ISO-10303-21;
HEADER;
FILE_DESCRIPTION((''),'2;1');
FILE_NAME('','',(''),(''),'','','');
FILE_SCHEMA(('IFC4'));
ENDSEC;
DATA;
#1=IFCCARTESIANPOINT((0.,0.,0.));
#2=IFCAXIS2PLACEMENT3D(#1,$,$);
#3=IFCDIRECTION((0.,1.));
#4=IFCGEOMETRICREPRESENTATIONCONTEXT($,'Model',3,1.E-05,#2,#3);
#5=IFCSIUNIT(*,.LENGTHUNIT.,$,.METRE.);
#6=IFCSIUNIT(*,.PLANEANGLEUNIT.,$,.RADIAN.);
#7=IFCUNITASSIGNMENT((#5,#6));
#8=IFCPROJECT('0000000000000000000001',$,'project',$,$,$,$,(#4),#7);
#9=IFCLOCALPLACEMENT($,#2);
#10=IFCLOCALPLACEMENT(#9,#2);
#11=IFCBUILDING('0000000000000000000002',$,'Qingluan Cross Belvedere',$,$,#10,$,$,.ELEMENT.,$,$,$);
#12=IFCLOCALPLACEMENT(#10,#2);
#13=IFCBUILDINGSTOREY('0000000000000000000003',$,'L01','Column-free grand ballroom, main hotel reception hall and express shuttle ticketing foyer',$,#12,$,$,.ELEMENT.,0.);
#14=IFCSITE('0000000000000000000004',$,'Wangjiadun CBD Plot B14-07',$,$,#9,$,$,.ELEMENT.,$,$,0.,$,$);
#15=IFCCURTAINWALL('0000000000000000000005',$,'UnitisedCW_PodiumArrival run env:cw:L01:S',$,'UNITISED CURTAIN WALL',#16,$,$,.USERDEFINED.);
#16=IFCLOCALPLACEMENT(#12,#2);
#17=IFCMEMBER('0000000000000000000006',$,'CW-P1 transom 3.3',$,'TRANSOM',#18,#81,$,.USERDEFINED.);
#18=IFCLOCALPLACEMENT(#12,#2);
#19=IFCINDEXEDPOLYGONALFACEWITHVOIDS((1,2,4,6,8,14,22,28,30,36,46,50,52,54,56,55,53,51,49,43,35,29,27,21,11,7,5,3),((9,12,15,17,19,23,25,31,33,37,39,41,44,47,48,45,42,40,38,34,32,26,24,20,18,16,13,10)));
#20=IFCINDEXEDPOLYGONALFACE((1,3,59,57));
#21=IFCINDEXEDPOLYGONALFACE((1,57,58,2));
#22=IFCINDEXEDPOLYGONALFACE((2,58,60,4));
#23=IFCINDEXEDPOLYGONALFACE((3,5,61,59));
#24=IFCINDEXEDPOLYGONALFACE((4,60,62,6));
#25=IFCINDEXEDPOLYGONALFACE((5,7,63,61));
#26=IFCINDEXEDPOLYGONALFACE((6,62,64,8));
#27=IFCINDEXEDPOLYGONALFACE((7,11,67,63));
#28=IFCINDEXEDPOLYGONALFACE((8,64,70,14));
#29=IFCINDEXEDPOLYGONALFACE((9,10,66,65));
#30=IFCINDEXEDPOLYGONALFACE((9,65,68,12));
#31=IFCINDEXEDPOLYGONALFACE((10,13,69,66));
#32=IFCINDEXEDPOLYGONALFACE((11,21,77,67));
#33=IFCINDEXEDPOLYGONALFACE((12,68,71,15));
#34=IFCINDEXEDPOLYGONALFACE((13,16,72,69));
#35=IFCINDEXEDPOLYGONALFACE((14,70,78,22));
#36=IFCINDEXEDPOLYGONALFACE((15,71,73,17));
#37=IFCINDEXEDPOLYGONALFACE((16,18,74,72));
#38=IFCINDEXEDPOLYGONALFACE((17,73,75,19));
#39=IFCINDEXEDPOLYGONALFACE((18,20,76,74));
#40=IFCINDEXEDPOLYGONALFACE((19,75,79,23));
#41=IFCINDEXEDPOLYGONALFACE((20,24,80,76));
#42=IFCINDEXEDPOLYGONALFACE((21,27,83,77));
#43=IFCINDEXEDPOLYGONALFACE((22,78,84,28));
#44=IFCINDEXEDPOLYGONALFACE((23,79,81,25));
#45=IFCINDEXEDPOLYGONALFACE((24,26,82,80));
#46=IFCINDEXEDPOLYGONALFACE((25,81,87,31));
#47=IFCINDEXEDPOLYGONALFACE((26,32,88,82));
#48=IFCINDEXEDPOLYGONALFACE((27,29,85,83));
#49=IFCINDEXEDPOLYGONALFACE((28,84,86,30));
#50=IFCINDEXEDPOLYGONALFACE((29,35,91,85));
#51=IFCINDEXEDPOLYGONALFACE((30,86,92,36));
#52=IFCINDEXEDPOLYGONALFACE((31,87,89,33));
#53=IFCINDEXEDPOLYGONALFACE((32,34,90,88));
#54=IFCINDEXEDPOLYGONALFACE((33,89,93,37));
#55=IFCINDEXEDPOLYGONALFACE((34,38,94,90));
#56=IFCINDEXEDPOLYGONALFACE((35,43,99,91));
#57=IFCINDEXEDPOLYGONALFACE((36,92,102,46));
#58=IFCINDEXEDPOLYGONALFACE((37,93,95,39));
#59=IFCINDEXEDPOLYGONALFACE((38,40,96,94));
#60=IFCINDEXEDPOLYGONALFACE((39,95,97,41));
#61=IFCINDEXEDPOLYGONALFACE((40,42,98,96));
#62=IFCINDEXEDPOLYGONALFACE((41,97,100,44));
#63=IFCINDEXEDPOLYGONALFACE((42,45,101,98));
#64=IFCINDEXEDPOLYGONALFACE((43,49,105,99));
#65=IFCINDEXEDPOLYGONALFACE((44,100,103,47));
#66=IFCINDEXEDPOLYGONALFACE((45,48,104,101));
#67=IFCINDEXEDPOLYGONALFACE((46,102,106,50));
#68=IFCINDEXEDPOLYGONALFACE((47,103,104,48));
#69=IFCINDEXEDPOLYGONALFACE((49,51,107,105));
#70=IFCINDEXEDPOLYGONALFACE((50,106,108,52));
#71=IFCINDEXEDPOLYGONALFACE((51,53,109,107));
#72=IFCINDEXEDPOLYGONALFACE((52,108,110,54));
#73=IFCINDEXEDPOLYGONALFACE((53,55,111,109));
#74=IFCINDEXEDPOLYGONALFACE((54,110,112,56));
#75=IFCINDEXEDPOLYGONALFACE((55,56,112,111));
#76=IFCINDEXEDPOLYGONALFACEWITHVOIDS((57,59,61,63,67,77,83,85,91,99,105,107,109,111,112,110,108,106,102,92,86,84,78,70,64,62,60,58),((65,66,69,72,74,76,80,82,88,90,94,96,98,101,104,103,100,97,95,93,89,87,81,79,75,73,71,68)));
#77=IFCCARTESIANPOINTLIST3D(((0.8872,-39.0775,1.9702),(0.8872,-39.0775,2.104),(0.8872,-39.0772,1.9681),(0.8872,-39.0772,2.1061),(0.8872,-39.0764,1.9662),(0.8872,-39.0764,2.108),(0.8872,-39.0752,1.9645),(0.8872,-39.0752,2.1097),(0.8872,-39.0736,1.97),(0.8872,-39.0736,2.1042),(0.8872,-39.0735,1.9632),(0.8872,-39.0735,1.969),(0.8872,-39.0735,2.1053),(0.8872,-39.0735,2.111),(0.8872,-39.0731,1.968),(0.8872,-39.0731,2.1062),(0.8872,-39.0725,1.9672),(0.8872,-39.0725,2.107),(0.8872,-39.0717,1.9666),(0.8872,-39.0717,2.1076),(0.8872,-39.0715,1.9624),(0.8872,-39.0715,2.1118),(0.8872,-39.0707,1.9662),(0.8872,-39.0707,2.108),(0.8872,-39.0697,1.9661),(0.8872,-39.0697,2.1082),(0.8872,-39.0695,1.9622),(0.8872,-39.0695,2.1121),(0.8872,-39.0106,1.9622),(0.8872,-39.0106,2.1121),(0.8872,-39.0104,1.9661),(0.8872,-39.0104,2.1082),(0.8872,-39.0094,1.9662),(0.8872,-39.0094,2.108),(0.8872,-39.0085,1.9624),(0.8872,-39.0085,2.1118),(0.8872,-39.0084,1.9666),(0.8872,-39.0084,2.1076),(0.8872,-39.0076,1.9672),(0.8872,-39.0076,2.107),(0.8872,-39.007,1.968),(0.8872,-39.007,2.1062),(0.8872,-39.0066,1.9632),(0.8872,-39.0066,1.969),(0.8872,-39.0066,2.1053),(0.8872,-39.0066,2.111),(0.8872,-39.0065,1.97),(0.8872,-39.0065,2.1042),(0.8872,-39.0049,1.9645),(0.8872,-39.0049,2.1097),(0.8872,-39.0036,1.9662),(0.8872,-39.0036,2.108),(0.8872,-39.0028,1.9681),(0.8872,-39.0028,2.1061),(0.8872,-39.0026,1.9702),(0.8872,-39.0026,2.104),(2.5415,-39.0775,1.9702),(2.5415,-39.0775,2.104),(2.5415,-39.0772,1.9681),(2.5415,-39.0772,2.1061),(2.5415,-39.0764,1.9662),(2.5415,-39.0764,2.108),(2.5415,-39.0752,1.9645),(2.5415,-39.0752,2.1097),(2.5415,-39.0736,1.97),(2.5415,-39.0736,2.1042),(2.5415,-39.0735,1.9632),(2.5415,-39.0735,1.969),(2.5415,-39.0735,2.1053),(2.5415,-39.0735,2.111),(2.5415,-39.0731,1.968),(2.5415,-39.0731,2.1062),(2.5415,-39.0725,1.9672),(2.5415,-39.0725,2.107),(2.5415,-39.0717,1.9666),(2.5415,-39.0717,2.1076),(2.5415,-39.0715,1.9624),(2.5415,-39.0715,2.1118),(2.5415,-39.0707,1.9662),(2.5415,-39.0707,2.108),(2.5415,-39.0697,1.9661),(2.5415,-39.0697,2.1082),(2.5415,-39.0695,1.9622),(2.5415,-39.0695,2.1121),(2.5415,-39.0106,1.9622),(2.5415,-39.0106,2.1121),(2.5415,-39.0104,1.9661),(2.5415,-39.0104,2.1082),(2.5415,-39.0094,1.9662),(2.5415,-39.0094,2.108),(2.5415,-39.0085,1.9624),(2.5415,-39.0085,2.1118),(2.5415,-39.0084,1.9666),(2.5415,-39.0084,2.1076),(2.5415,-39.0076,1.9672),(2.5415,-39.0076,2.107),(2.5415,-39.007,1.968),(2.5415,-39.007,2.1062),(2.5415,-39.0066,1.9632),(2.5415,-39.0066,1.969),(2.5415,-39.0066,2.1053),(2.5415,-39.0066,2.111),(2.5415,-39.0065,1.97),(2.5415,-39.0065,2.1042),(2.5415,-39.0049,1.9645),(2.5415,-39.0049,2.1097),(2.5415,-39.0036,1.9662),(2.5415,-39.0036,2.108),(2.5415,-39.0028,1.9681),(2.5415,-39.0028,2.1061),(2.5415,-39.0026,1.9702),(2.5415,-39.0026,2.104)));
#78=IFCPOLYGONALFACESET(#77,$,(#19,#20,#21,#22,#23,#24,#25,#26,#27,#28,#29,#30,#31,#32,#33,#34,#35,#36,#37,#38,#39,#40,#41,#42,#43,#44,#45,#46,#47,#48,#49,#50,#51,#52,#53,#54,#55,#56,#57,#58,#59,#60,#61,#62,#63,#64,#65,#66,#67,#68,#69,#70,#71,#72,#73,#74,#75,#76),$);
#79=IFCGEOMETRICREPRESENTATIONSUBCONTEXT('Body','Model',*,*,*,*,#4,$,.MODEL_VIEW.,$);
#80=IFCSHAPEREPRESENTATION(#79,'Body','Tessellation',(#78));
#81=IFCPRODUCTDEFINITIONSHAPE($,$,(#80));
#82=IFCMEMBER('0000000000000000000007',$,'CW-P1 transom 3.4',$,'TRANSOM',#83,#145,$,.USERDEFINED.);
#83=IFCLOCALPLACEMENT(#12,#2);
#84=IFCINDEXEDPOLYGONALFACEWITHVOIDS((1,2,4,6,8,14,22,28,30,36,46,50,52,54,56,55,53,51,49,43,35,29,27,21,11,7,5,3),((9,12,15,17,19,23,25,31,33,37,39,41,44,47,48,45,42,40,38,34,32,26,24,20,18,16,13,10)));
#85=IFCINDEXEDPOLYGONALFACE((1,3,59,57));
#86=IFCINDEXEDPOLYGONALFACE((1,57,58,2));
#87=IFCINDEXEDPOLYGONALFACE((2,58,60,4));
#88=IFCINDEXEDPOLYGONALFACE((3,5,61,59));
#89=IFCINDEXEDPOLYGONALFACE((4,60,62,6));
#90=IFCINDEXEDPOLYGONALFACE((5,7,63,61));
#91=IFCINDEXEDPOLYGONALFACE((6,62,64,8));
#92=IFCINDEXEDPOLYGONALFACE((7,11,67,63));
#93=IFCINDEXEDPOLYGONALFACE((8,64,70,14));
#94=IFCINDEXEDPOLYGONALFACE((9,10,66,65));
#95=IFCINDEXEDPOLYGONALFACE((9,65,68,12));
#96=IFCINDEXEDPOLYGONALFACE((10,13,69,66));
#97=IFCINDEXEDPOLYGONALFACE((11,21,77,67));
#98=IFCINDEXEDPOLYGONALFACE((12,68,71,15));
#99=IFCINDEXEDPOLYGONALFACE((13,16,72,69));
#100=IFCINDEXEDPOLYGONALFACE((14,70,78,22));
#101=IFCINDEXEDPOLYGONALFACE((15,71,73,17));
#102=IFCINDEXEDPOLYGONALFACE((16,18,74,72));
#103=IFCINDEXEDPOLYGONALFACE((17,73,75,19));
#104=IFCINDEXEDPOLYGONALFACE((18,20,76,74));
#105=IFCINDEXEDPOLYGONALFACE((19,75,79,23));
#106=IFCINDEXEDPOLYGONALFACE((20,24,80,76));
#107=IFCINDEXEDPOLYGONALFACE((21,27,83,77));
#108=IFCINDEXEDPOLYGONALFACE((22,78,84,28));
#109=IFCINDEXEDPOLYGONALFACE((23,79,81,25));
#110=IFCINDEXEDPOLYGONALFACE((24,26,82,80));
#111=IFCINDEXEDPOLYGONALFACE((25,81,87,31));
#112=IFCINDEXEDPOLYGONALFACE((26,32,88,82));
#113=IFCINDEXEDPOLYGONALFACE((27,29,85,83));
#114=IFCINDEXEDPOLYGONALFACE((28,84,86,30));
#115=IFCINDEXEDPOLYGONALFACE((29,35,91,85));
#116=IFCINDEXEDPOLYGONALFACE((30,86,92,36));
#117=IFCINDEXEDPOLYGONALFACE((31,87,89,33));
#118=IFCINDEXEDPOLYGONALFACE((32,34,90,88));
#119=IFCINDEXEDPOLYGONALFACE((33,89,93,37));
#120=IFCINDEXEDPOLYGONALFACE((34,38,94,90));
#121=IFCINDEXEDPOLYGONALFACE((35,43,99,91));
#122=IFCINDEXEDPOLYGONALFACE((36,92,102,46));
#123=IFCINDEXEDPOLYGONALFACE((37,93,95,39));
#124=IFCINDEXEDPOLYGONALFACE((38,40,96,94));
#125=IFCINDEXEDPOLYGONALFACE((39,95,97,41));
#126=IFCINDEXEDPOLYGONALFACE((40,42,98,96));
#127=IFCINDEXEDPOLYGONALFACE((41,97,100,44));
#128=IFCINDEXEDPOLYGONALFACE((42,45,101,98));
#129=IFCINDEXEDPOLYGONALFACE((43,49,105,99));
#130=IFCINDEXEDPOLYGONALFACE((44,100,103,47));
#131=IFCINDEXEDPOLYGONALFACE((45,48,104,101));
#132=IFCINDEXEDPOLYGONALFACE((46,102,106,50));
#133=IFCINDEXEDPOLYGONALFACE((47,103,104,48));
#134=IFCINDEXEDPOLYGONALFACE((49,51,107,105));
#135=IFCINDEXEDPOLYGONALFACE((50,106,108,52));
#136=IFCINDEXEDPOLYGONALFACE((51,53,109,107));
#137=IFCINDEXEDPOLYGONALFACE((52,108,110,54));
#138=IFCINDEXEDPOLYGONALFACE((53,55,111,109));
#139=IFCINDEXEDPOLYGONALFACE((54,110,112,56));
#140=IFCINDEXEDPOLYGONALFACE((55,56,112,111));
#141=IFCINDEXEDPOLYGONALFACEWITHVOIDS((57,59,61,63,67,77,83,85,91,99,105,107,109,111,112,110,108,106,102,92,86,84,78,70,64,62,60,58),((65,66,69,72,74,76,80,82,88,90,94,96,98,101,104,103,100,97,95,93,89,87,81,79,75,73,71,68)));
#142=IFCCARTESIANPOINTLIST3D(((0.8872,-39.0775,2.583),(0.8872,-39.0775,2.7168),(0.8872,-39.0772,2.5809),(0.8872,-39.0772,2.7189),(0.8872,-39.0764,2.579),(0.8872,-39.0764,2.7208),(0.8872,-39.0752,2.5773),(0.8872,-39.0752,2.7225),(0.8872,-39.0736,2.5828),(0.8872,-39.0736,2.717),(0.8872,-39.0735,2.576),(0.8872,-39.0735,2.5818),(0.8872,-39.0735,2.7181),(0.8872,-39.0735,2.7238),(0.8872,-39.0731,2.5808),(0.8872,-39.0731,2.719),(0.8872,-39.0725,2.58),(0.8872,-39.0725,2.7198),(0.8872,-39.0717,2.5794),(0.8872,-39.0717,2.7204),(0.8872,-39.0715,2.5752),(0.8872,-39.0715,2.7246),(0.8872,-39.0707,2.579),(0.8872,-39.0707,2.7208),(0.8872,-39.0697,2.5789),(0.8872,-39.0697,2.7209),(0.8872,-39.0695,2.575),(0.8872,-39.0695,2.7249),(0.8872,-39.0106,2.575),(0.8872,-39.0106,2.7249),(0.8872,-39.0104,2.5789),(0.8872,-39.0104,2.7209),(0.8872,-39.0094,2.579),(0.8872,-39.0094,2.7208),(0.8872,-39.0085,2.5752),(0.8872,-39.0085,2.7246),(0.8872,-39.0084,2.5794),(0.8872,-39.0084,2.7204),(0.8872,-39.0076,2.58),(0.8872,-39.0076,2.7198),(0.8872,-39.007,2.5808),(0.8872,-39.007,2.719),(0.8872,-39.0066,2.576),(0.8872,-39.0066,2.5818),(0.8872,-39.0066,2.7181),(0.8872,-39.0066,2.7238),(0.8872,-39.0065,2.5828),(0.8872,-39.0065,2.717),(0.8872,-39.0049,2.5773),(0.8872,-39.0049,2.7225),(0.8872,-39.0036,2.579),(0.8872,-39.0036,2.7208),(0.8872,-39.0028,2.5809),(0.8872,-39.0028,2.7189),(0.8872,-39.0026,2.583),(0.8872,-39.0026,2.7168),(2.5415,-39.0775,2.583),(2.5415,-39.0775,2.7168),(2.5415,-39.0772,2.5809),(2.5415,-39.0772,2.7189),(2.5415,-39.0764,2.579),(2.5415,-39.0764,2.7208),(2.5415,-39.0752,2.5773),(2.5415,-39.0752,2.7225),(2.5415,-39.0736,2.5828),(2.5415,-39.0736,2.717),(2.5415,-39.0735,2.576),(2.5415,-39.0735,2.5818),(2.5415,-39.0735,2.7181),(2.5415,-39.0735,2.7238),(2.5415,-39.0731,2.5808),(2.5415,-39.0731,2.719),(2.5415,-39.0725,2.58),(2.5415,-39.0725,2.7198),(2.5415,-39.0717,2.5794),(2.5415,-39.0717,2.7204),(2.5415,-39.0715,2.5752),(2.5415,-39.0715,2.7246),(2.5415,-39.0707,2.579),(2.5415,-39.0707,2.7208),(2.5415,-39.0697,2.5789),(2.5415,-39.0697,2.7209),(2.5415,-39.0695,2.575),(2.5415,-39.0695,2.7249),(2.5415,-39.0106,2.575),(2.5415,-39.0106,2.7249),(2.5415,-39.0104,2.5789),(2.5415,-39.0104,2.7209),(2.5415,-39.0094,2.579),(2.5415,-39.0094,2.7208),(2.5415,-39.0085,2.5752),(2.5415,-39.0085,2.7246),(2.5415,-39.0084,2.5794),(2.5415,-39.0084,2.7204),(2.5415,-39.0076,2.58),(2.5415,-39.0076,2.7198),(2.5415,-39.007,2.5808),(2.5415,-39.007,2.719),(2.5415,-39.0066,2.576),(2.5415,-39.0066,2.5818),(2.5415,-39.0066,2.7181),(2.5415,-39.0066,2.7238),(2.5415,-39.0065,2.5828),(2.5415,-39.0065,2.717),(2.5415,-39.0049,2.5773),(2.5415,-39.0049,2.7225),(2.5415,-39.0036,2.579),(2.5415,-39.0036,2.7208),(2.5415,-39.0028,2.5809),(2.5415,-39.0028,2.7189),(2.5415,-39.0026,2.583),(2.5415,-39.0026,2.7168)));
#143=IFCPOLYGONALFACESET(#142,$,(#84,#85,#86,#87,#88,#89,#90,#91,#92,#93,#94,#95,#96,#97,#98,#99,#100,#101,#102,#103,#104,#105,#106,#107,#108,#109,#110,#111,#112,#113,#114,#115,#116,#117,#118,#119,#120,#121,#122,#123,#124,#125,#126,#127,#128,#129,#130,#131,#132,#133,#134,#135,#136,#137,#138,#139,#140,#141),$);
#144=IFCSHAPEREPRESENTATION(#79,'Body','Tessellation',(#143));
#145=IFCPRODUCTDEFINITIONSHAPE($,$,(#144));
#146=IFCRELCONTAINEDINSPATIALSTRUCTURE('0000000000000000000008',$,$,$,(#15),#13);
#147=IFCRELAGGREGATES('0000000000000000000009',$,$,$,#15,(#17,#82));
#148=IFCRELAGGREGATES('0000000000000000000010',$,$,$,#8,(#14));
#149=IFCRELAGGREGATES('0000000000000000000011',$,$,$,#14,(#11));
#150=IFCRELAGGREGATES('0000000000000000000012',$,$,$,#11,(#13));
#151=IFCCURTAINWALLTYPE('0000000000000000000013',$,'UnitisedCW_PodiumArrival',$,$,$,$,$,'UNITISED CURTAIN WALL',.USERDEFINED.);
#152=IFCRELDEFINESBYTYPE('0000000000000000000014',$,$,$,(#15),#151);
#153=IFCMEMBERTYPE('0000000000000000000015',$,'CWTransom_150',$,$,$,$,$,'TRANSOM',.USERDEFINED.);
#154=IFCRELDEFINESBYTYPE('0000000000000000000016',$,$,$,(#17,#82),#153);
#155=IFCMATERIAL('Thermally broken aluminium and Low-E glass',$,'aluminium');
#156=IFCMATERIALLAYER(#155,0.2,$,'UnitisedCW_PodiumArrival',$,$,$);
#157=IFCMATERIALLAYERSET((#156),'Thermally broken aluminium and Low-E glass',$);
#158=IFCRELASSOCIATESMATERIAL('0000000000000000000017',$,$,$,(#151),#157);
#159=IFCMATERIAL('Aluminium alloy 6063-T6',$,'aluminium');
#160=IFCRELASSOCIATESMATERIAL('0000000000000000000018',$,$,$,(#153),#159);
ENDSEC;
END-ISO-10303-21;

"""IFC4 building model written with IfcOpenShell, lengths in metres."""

from ifc_helpers import new_model, si_unit, direction, frame, origin, origin_2d, place, context, subcontext, project, spatial, hollow_rectangle, extrude, material, layer, layer_set, material_profile, profile_set, type_object, element, aggregate, save


model = new_model("IFC4")

# Units and contexts
model_context = context("Model", 3, precision=1e-05, world=origin(), true_north=direction((0.0, 1.0)))
body_context = subcontext(model_context, "Body", "Model", "MODEL_VIEW")
ifc_project = project(units=[si_unit("LENGTHUNIT", "METRE"), si_unit("PLANEANGLEUNIT", "RADIAN")], contexts=[model_context])

# Site, building, storey
site_placement = place(None, origin())
site = spatial("IfcSite", under=ifc_project, at=site_placement, Name="Wangjiadun CBD Plot B14-07", CompositionType="ELEMENT", RefElevation=0.0)
building_placement = place(site_placement, origin())
building = spatial("IfcBuilding", under=site, at=building_placement, Name="Qingluan Cross Belvedere", CompositionType="ELEMENT")
storey_placement = place(building_placement, origin())
storey = spatial("IfcBuildingStorey", under=building, at=storey_placement, Name="L01", Description="Column-free grand ballroom, main hotel reception hall and express shuttle ticketing foyer", CompositionType="ELEMENT", Elevation=0.0)

# Curtain wall, members
ifc_material_1 = material(Name="Thermally broken aluminium and Low-E glass", Category="aluminium")
ifc_layer_1 = layer(ifc_material_1, 0.2, Name="UnitisedCW_PodiumArrival")
ifc_layer_set_1 = layer_set([ifc_layer_1], Name="Thermally broken aluminium and Low-E glass")
curtain_wall_type = type_object("IfcCurtainWallType", Name="UnitisedCW_PodiumArrival", ElementType="UNITISED CURTAIN WALL", PredefinedType="USERDEFINED", material=ifc_layer_set_1)
curtain_wall_placement = place(storey_placement, origin())
curtain_wall = element("IfcCurtainWall", 1, at=curtain_wall_placement, inside=storey, type_object=curtain_wall_type, Name="UnitisedCW_PodiumArrival run env:cw:L01:S", ObjectType="UNITISED CURTAIN WALL", PredefinedType="USERDEFINED")
ifc_material_2 = material(Name="Aluminium alloy 6063-T6", Category="aluminium")
ifc_material_profile_1 = material_profile(ifc_material_2, hollow_rectangle(XDim=0.075, YDim=0.1499, WallThickness=0.0039, InnerFilletRadius=0.0039, OuterFilletRadius=0.0081, at=origin_2d()), Name="CWT150x75x4")
ifc_profile_set_1 = profile_set([ifc_material_profile_1], Name="Aluminium alloy 6063-T6")
member_type_1 = type_object("IfcMemberType", Name="CWTransom_150", ElementType="TRANSOM", PredefinedType="USERDEFINED", material=ifc_profile_set_1)
member_1_placement = place(storey_placement, frame((2.5415, -39.04, 2.0371), z_axis=(-1.0, 0.0, 0.0), x_axis=(0.0, -1.0, 0.0)))
member_1 = element("IfcMember", 2, at=member_1_placement, type_object=member_type_1, Name="CW-P1 transom 3.3", ObjectType="TRANSOM", PredefinedType="USERDEFINED", context=body_context, shape_type="SweptSolid", body=[
    extrude(hollow_rectangle(XDim=0.075, YDim=0.1499, WallThickness=0.0039, InnerFilletRadius=0.0039, OuterFilletRadius=0.0081, at=origin_2d()), origin(), (0.0, 0.0, 1.0), 1.6543),
])
member_2_placement = place(storey_placement, frame((2.5415, -39.04, 2.6499), z_axis=(-1.0, 0.0, 0.0), x_axis=(0.0, -1.0, 0.0)))
member_2 = element("IfcMember", 3, at=member_2_placement, type_object=member_type_1, Name="CW-P1 transom 3.4", ObjectType="TRANSOM", PredefinedType="USERDEFINED", context=body_context, shape_type="SweptSolid", body=[
    extrude(hollow_rectangle(XDim=0.075, YDim=0.1499, WallThickness=0.0039, InnerFilletRadius=0.0039, OuterFilletRadius=0.0081, at=origin_2d()), origin(), (0.0, 0.0, 1.0), 1.6543),
])
aggregate(curtain_wall, [member_1, member_2])

save(model, "model.ifc")
